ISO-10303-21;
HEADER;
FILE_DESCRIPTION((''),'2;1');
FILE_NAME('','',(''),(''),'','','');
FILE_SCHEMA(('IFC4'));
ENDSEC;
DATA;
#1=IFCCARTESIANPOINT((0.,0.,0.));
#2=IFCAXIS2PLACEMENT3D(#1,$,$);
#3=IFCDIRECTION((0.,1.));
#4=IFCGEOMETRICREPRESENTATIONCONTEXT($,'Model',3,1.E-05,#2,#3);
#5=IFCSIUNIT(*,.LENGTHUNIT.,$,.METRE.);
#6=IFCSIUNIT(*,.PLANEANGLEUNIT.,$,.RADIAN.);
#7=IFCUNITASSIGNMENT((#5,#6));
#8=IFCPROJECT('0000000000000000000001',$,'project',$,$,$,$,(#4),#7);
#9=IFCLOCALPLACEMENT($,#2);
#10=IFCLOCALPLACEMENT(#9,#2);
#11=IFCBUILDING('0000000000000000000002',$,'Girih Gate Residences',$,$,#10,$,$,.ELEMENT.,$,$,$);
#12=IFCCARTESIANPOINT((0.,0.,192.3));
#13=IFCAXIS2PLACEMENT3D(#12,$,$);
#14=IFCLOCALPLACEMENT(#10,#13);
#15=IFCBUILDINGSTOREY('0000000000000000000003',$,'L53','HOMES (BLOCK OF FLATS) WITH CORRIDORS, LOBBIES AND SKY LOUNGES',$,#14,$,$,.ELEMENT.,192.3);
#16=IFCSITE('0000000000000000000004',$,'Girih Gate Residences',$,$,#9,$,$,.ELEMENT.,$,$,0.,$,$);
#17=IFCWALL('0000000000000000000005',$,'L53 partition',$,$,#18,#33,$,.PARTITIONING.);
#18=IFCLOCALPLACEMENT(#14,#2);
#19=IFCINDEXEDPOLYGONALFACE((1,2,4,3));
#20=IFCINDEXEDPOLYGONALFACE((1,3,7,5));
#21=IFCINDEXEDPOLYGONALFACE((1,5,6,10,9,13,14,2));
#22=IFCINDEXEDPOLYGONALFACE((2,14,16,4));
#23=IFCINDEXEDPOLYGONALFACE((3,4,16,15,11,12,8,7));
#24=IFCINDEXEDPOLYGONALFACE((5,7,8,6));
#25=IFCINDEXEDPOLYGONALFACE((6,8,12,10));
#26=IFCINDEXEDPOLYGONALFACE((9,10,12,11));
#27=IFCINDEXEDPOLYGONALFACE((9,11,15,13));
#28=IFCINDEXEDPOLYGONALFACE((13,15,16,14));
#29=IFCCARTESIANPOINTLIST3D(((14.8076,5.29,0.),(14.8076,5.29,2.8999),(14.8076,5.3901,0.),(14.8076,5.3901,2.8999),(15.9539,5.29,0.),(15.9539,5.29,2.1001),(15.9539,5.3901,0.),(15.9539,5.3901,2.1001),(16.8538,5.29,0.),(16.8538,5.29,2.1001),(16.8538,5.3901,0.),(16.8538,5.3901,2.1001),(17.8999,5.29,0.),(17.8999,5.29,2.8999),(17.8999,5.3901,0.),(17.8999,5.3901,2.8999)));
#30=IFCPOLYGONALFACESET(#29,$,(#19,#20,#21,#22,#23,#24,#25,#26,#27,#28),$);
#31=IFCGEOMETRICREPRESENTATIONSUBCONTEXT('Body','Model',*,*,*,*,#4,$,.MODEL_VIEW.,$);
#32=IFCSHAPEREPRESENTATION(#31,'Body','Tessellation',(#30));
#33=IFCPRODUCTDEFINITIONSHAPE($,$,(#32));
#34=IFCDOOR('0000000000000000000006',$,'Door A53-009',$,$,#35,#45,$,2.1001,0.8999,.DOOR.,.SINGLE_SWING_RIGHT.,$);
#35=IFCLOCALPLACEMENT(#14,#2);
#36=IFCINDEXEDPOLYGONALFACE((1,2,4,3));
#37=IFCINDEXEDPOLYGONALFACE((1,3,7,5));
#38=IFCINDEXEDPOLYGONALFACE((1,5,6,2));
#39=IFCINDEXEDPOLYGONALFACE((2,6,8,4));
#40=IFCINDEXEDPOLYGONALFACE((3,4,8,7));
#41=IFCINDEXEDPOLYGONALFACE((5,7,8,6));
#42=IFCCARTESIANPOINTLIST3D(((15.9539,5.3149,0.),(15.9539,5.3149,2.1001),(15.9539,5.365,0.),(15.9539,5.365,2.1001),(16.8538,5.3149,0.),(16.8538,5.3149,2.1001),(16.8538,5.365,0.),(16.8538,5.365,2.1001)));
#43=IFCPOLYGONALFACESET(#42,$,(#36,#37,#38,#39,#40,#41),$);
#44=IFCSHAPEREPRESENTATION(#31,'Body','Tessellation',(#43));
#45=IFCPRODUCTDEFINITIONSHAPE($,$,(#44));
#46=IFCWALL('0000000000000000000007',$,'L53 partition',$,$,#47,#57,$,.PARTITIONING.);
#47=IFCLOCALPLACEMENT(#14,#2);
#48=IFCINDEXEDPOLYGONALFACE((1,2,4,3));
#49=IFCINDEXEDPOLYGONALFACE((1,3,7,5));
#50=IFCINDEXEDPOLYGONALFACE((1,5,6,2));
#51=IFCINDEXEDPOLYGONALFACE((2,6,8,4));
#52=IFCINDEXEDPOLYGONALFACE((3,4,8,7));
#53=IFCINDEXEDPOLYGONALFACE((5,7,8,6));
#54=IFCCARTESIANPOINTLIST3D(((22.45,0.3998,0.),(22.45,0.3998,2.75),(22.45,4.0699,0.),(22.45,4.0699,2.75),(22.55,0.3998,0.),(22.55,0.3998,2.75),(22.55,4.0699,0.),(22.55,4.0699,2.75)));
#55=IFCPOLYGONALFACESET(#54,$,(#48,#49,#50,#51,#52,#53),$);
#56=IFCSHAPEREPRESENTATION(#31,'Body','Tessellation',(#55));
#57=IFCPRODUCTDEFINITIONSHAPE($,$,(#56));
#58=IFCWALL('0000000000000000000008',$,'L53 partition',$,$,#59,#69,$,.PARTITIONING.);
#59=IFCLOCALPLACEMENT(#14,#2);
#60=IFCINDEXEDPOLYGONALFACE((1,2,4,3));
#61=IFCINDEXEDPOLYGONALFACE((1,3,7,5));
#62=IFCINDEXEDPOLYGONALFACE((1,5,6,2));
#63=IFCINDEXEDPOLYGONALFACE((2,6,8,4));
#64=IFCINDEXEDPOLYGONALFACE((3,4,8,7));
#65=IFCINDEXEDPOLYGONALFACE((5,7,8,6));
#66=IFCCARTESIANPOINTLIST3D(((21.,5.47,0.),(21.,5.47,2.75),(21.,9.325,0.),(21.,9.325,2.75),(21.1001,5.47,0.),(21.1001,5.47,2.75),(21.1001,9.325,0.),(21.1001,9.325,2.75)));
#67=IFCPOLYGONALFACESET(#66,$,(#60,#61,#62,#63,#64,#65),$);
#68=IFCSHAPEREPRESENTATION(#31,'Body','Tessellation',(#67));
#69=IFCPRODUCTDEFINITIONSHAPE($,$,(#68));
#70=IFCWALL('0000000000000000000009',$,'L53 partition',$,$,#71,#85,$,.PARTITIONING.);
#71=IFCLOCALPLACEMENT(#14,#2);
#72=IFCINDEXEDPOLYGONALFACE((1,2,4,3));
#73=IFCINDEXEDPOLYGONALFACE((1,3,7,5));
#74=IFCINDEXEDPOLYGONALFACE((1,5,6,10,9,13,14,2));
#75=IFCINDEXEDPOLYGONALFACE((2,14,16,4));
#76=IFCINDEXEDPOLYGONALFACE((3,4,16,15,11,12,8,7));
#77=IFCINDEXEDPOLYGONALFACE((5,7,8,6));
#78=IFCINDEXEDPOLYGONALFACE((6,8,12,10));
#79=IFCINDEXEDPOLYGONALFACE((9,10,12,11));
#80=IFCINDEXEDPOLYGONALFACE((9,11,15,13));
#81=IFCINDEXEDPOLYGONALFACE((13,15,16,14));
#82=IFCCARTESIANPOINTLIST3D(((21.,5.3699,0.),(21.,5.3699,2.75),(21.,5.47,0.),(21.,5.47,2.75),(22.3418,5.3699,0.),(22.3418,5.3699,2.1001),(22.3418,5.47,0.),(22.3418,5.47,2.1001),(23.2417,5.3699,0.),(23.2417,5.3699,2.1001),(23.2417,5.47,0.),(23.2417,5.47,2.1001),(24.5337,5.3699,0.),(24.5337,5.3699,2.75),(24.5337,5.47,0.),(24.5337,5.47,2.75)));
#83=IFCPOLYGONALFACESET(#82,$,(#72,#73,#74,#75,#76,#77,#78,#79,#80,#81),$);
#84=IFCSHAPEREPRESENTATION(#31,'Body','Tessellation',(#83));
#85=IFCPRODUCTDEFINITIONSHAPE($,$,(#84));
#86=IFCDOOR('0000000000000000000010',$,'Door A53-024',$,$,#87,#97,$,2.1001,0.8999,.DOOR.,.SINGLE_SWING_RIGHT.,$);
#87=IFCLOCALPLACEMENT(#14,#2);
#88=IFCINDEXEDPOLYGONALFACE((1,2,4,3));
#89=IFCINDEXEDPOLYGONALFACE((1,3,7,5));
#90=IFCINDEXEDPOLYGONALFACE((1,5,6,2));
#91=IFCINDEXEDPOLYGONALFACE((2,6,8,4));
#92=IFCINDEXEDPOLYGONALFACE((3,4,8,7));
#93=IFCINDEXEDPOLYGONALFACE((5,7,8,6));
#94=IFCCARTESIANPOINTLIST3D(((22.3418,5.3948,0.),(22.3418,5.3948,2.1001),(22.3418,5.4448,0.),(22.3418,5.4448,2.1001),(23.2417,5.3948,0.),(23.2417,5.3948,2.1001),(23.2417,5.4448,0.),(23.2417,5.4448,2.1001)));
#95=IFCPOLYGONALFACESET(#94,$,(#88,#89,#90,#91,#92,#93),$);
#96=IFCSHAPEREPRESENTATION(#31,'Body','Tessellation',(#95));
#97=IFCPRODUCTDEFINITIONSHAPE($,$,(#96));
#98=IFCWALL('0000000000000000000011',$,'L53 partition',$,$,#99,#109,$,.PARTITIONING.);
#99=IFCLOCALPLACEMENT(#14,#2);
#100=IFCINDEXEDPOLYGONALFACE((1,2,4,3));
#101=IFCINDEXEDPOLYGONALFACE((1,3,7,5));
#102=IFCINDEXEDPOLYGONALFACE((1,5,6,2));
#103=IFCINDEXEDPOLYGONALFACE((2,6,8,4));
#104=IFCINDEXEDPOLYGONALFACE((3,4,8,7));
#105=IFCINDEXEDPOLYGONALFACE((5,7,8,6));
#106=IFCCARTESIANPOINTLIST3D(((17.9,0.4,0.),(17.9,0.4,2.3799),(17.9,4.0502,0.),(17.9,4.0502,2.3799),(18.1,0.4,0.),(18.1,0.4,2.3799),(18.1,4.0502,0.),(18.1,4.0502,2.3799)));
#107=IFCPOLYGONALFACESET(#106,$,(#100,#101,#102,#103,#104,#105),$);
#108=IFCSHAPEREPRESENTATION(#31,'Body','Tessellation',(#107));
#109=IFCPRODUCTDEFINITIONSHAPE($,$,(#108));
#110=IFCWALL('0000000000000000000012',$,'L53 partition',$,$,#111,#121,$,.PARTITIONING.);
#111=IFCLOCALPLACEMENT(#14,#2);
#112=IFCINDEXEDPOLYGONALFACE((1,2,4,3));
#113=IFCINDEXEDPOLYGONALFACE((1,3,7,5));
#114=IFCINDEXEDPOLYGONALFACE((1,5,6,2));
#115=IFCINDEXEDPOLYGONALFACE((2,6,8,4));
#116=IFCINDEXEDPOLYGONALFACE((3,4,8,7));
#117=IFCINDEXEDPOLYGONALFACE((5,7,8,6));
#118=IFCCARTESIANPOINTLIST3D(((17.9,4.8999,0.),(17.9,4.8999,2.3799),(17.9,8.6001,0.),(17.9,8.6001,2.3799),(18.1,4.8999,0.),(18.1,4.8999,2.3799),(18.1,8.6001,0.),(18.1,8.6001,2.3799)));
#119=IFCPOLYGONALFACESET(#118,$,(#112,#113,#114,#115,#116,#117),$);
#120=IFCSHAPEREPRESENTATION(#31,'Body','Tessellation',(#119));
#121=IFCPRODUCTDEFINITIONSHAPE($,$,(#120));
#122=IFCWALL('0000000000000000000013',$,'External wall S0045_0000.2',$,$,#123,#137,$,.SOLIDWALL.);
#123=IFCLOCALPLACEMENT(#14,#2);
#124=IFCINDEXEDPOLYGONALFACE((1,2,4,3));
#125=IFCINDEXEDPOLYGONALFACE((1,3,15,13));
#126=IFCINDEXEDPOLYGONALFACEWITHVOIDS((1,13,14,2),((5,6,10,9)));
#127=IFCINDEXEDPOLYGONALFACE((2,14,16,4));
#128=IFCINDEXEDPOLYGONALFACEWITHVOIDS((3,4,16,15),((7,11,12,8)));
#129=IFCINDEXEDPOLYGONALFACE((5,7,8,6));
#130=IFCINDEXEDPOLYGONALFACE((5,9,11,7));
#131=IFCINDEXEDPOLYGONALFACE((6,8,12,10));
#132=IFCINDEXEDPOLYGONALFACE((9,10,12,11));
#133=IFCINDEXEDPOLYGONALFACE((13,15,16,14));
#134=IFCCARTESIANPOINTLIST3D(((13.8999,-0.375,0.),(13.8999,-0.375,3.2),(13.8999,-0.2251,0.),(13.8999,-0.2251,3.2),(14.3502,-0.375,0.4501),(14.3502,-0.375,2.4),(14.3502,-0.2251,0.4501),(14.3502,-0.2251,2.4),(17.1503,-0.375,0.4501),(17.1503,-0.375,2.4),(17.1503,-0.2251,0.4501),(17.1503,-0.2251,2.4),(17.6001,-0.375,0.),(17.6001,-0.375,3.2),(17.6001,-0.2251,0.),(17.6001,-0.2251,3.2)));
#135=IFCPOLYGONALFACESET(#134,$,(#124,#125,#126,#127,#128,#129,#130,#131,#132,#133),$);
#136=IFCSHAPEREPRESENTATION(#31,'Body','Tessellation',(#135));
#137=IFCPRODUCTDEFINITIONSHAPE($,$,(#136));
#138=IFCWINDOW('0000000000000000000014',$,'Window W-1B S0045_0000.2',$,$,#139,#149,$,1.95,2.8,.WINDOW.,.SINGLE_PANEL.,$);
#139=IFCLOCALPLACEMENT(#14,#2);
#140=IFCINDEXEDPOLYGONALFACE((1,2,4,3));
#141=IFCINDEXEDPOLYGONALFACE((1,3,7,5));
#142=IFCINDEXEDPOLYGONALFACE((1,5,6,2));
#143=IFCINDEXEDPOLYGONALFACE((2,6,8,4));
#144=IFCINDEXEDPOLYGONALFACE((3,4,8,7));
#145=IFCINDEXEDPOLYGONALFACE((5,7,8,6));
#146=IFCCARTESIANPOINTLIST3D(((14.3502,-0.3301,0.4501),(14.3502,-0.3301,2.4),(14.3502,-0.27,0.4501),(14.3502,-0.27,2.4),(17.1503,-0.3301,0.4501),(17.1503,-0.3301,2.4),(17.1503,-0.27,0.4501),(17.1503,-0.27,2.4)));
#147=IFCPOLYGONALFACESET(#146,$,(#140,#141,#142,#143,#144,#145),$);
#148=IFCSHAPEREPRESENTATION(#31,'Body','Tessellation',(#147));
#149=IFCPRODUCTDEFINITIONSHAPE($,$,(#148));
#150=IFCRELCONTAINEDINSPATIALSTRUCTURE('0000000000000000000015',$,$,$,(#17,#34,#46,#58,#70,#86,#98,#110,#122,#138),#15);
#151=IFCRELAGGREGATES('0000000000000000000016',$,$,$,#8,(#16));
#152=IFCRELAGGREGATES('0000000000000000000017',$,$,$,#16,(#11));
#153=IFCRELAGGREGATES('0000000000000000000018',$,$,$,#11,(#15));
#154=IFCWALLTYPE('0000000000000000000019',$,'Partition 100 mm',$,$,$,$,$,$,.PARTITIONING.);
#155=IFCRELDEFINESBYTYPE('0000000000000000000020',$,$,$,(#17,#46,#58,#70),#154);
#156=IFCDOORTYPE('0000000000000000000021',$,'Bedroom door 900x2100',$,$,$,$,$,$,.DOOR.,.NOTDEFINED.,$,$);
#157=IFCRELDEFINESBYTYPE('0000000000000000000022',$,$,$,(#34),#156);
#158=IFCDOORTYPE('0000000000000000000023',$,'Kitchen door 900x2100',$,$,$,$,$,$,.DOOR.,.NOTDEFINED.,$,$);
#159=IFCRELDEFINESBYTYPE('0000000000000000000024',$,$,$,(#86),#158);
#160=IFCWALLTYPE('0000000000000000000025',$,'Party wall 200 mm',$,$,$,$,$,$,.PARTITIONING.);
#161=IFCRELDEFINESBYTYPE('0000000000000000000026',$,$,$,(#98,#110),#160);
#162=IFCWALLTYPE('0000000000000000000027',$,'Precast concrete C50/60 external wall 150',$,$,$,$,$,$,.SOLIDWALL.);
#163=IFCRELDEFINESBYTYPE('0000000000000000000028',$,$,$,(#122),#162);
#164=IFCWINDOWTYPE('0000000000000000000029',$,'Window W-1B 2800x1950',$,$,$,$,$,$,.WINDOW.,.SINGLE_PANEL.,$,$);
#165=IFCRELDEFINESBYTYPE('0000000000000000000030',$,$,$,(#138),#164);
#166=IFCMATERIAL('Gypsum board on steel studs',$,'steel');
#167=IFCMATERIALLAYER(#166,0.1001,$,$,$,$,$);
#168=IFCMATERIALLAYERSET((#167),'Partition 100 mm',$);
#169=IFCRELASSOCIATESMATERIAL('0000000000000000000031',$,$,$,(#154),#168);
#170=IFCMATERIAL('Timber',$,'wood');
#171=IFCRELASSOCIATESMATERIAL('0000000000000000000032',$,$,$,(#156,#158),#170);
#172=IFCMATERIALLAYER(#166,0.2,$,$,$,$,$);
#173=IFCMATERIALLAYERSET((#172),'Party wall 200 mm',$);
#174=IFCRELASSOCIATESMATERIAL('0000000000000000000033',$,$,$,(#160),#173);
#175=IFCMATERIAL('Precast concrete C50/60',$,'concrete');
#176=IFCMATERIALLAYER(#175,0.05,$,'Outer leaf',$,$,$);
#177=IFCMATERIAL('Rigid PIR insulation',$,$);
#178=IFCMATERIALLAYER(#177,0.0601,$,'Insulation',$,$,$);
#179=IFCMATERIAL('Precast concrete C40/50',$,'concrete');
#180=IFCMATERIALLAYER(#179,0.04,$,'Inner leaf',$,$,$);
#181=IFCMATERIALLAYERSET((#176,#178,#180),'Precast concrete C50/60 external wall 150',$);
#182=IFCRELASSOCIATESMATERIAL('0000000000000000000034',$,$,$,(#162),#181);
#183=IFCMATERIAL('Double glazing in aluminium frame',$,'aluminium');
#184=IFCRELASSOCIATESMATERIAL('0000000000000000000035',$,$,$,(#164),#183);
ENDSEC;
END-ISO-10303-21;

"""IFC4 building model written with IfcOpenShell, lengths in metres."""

from ifc_helpers import new_model, si_unit, direction, frame, frame_2d, origin, place, context, subcontext, project, spatial, rectangle, extrude, material, layer, layer_set, type_object, element, fill, save


model = new_model("IFC4")

# Units and contexts
model_context = context("Model", 3, precision=1e-05, world=origin(), true_north=direction((0.0, 1.0)))
body_context = subcontext(model_context, "Body", "Model", "MODEL_VIEW")
ifc_project = project(units=[si_unit("LENGTHUNIT", "METRE"), si_unit("PLANEANGLEUNIT", "RADIAN")], contexts=[model_context])

# Site, building, storey
site_placement = place(None, origin())
site = spatial("IfcSite", under=ifc_project, at=site_placement, Name="Girih Gate Residences", CompositionType="ELEMENT", RefElevation=0.0)
building_placement = place(site_placement, origin())
building = spatial("IfcBuilding", under=site, at=building_placement, Name="Girih Gate Residences", CompositionType="ELEMENT")
storey_placement = place(building_placement, frame((0.0, 0.0, 192.3)))
storey = spatial("IfcBuildingStorey", under=building, at=storey_placement, Name="L53", Description="HOMES (BLOCK OF FLATS) WITH CORRIDORS, LOBBIES AND SKY LOUNGES", CompositionType="ELEMENT", Elevation=192.3)

# Shared definitions
ifc_material_1 = material(Name="Gypsum board on steel studs", Category="steel")
ifc_layer_1 = layer(ifc_material_1, 0.1001)
ifc_layer_set_1 = layer_set([ifc_layer_1], Name="Partition 100 mm")
wall_type_1 = type_object("IfcWallType", Name="Partition 100 mm", PredefinedType="PARTITIONING", material=ifc_layer_set_1)

# Shared definitions
ifc_material_2 = material(Name="Timber", Category="wood")
door_type_1 = type_object("IfcDoorType", Name="Bedroom door 900x2100", OperationType="NOTDEFINED", PredefinedType="DOOR", material=ifc_material_2)

# Wall, opening, door
wall_1_placement = place(storey_placement, frame((14.8076, 5.3401, 0.0), z_axis=(0.0, 0.0, 1.0), x_axis=(1.0, 0.0, 0.0)))
wall_1 = element("IfcWall", 1, at=wall_1_placement, inside=storey, type_object=wall_type_1, Name="L53 partition", PredefinedType="PARTITIONING", context=body_context, shape_type="SweptSolid", body=[
    extrude(rectangle(XDim=3.0923, YDim=0.1001, at=frame_2d((1.5461, 0.0))), origin(), (0.0, 0.0, 1.0), 2.8999),
])
opening_1_placement = place(wall_1_placement, frame((1.1462, 0.0, 0.0)))
opening_1 = element("IfcOpeningElement", 2, at=opening_1_placement, cuts=wall_1, PredefinedType="OPENING", context=body_context, shape_type="SweptSolid", body=[
    extrude(rectangle(XDim=0.8999, YDim=2.1001, at=frame_2d((0.45, 1.05))), frame((0.0, 0.0601, 0.0), z_axis=(0.0, -1.0, 0.0), x_axis=(1.0, 0.0, 0.0)), (0.0, 0.0, 1.0), 0.1201),
])
door_1_placement = place(opening_1_placement, origin())
door_1 = element("IfcDoor", 3, at=door_1_placement, inside=storey, type_object=door_type_1, Name="Door A53-009", OperationType="SINGLE_SWING_RIGHT", OverallHeight=2.1001, OverallWidth=0.8999, PredefinedType="DOOR", context=body_context, shape_type="SweptSolid", body=[
    extrude(rectangle(XDim=0.8999, YDim=2.1001, at=frame_2d((0.45, 1.05))), frame((0.0, 0.0249, 0.0), z_axis=(0.0, -1.0, 0.0), x_axis=(1.0, 0.0, 0.0)), (0.0, 0.0, 1.0), 0.05),
])
fill(opening_1, door_1)

# Walls
wall_2_placement = place(storey_placement, frame((22.5, 0.3999, 0.0), z_axis=(0.0, 0.0, 1.0), x_axis=(0.0, 1.0, 0.0)))
element("IfcWall", 4, at=wall_2_placement, inside=storey, type_object=wall_type_1, Name="L53 partition", PredefinedType="PARTITIONING", context=body_context, shape_type="SweptSolid", body=[
    extrude(rectangle(XDim=3.6702, YDim=0.1001, at=frame_2d((1.835, 0.0))), origin(), (0.0, 0.0, 1.0), 2.75),
])
wall_3_placement = place(storey_placement, frame((21.05, 5.47, 0.0), z_axis=(0.0, 0.0, 1.0), x_axis=(0.0, 1.0, 0.0)))
element("IfcWall", 5, at=wall_3_placement, inside=storey, type_object=wall_type_1, Name="L53 partition", PredefinedType="PARTITIONING", context=body_context, shape_type="SweptSolid", body=[
    extrude(rectangle(XDim=3.855, YDim=0.1001, at=frame_2d((1.9275, 0.0))), origin(), (0.0, 0.0, 1.0), 2.75),
])

# Wall, opening, door
wall_4_placement = place(storey_placement, frame((21.0, 5.4199, 0.0), z_axis=(0.0, 0.0, 1.0), x_axis=(1.0, 0.0, 0.0)))
wall_4 = element("IfcWall", 6, at=wall_4_placement, inside=storey, type_object=wall_type_1, Name="L53 partition", PredefinedType="PARTITIONING", context=body_context, shape_type="SweptSolid", body=[
    extrude(rectangle(XDim=3.5337, YDim=0.1001, at=frame_2d((1.7668, 0.0))), origin(), (0.0, 0.0, 1.0), 2.75),
])
opening_2_placement = place(wall_4_placement, frame((1.3418, 0.0, 0.0)))
opening_2 = element("IfcOpeningElement", 7, at=opening_2_placement, cuts=wall_4, PredefinedType="OPENING", context=body_context, shape_type="SweptSolid", body=[
    extrude(rectangle(XDim=0.8999, YDim=2.1001, at=frame_2d((0.45, 1.05))), frame((0.0, 0.0601, 0.0), z_axis=(0.0, -1.0, 0.0), x_axis=(1.0, 0.0, 0.0)), (0.0, 0.0, 1.0), 0.1201),
])
door_type_2 = type_object("IfcDoorType", Name="Kitchen door 900x2100", OperationType="NOTDEFINED", PredefinedType="DOOR", material=ifc_material_2)
door_2_placement = place(opening_2_placement, origin())
door_2 = element("IfcDoor", 8, at=door_2_placement, inside=storey, type_object=door_type_2, Name="Door A53-024", OperationType="SINGLE_SWING_RIGHT", OverallHeight=2.1001, OverallWidth=0.8999, PredefinedType="DOOR", context=body_context, shape_type="SweptSolid", body=[
    extrude(rectangle(XDim=0.8999, YDim=2.1001, at=frame_2d((0.45, 1.05))), frame((0.0, 0.0249, 0.0), z_axis=(0.0, -1.0, 0.0), x_axis=(1.0, 0.0, 0.0)), (0.0, 0.0, 1.0), 0.05),
])
fill(opening_2, door_2)

# Walls
ifc_layer_2 = layer(ifc_material_1, 0.2)
ifc_layer_set_2 = layer_set([ifc_layer_2], Name="Party wall 200 mm")
wall_type_2 = type_object("IfcWallType", Name="Party wall 200 mm", PredefinedType="PARTITIONING", material=ifc_layer_set_2)
wall_5_placement = place(storey_placement, frame((18.0, 0.3999, 0.0), z_axis=(0.0, 0.0, 1.0), x_axis=(0.0, 1.0, 0.0)))
element("IfcWall", 9, at=wall_5_placement, inside=storey, type_object=wall_type_2, Name="L53 partition", PredefinedType="PARTITIONING", context=body_context, shape_type="SweptSolid", body=[
    extrude(rectangle(XDim=3.6501, YDim=0.2, at=frame_2d((1.8252, 0.0))), origin(), (0.0, 0.0, 1.0), 2.3799),
])
wall_6_placement = place(storey_placement, frame((18.0, 4.8999, 0.0), z_axis=(0.0, 0.0, 1.0), x_axis=(0.0, 1.0, 0.0)))
element("IfcWall", 10, at=wall_6_placement, inside=storey, type_object=wall_type_2, Name="L53 partition", PredefinedType="PARTITIONING", context=body_context, shape_type="SweptSolid", body=[
    extrude(rectangle(XDim=3.7002, YDim=0.2, at=frame_2d((1.8501, 0.0))), origin(), (0.0, 0.0, 1.0), 2.3799),
])

# Wall, opening, window
ifc_material_3 = material(Name="Precast concrete C50/60", Category="concrete")
ifc_layer_3 = layer(ifc_material_3, 0.05, Name="Outer leaf")
ifc_material_4 = material(Name="Rigid PIR insulation")
ifc_layer_4 = layer(ifc_material_4, 0.0601, Name="Insulation")
ifc_material_5 = material(Name="Precast concrete C40/50", Category="concrete")
ifc_layer_5 = layer(ifc_material_5, 0.04, Name="Inner leaf")
ifc_layer_set_3 = layer_set([ifc_layer_3, ifc_layer_4, ifc_layer_5], Name="Precast concrete C50/60 external wall 150")
wall_type_3 = type_object("IfcWallType", Name="Precast concrete C50/60 external wall 150", PredefinedType="SOLIDWALL", material=ifc_layer_set_3)
wall_7_placement = place(storey_placement, frame((17.6001, -0.3, 0.0), z_axis=(0.0, 0.0, 1.0), x_axis=(-1.0, 0.0, 0.0)))
wall_7 = element("IfcWall", 11, at=wall_7_placement, inside=storey, type_object=wall_type_3, Name="External wall S0045_0000.2", PredefinedType="SOLIDWALL", context=body_context, shape_type="SweptSolid", body=[
    extrude(rectangle(XDim=3.7002, YDim=0.1499, at=frame_2d((1.8501, 0.0))), origin(), (0.0, 0.0, 1.0), 3.2),
])
opening_3_placement = place(wall_7_placement, frame((0.45, 0.0, 0.45)))
opening_3 = element("IfcOpeningElement", 12, at=opening_3_placement, cuts=wall_7, PredefinedType="OPENING", context=body_context, shape_type="SweptSolid", body=[
    extrude(rectangle(XDim=2.8, YDim=1.95, at=frame_2d((1.3999, 0.9751))), frame((0.0, 0.085, 0.0), z_axis=(0.0, -1.0, 0.0), x_axis=(1.0, 0.0, 0.0)), (0.0, 0.0, 1.0), 0.1699),
])
ifc_material_6 = material(Name="Double glazing in aluminium frame", Category="aluminium")
window_type = type_object("IfcWindowType", Name="Window W-1B 2800x1950", PartitioningType="SINGLE_PANEL", PredefinedType="WINDOW", material=ifc_material_6)
window_1_placement = place(opening_3_placement, origin())
window_1 = element("IfcWindow", 13, at=window_1_placement, inside=storey, type_object=window_type, Name="Window W-1B S0045_0000.2", OverallHeight=1.95, OverallWidth=2.8, PartitioningType="SINGLE_PANEL", PredefinedType="WINDOW", context=body_context, shape_type="SweptSolid", body=[
    extrude(rectangle(XDim=2.8, YDim=1.95, at=frame_2d((1.3999, 0.9751))), frame((0.0, 0.03, 0.0), z_axis=(0.0, -1.0, 0.0), x_axis=(1.0, 0.0, 0.0)), (0.0, 0.0, 1.0), 0.0601),
])
fill(opening_3, window_1)

save(model, "model.ifc")
